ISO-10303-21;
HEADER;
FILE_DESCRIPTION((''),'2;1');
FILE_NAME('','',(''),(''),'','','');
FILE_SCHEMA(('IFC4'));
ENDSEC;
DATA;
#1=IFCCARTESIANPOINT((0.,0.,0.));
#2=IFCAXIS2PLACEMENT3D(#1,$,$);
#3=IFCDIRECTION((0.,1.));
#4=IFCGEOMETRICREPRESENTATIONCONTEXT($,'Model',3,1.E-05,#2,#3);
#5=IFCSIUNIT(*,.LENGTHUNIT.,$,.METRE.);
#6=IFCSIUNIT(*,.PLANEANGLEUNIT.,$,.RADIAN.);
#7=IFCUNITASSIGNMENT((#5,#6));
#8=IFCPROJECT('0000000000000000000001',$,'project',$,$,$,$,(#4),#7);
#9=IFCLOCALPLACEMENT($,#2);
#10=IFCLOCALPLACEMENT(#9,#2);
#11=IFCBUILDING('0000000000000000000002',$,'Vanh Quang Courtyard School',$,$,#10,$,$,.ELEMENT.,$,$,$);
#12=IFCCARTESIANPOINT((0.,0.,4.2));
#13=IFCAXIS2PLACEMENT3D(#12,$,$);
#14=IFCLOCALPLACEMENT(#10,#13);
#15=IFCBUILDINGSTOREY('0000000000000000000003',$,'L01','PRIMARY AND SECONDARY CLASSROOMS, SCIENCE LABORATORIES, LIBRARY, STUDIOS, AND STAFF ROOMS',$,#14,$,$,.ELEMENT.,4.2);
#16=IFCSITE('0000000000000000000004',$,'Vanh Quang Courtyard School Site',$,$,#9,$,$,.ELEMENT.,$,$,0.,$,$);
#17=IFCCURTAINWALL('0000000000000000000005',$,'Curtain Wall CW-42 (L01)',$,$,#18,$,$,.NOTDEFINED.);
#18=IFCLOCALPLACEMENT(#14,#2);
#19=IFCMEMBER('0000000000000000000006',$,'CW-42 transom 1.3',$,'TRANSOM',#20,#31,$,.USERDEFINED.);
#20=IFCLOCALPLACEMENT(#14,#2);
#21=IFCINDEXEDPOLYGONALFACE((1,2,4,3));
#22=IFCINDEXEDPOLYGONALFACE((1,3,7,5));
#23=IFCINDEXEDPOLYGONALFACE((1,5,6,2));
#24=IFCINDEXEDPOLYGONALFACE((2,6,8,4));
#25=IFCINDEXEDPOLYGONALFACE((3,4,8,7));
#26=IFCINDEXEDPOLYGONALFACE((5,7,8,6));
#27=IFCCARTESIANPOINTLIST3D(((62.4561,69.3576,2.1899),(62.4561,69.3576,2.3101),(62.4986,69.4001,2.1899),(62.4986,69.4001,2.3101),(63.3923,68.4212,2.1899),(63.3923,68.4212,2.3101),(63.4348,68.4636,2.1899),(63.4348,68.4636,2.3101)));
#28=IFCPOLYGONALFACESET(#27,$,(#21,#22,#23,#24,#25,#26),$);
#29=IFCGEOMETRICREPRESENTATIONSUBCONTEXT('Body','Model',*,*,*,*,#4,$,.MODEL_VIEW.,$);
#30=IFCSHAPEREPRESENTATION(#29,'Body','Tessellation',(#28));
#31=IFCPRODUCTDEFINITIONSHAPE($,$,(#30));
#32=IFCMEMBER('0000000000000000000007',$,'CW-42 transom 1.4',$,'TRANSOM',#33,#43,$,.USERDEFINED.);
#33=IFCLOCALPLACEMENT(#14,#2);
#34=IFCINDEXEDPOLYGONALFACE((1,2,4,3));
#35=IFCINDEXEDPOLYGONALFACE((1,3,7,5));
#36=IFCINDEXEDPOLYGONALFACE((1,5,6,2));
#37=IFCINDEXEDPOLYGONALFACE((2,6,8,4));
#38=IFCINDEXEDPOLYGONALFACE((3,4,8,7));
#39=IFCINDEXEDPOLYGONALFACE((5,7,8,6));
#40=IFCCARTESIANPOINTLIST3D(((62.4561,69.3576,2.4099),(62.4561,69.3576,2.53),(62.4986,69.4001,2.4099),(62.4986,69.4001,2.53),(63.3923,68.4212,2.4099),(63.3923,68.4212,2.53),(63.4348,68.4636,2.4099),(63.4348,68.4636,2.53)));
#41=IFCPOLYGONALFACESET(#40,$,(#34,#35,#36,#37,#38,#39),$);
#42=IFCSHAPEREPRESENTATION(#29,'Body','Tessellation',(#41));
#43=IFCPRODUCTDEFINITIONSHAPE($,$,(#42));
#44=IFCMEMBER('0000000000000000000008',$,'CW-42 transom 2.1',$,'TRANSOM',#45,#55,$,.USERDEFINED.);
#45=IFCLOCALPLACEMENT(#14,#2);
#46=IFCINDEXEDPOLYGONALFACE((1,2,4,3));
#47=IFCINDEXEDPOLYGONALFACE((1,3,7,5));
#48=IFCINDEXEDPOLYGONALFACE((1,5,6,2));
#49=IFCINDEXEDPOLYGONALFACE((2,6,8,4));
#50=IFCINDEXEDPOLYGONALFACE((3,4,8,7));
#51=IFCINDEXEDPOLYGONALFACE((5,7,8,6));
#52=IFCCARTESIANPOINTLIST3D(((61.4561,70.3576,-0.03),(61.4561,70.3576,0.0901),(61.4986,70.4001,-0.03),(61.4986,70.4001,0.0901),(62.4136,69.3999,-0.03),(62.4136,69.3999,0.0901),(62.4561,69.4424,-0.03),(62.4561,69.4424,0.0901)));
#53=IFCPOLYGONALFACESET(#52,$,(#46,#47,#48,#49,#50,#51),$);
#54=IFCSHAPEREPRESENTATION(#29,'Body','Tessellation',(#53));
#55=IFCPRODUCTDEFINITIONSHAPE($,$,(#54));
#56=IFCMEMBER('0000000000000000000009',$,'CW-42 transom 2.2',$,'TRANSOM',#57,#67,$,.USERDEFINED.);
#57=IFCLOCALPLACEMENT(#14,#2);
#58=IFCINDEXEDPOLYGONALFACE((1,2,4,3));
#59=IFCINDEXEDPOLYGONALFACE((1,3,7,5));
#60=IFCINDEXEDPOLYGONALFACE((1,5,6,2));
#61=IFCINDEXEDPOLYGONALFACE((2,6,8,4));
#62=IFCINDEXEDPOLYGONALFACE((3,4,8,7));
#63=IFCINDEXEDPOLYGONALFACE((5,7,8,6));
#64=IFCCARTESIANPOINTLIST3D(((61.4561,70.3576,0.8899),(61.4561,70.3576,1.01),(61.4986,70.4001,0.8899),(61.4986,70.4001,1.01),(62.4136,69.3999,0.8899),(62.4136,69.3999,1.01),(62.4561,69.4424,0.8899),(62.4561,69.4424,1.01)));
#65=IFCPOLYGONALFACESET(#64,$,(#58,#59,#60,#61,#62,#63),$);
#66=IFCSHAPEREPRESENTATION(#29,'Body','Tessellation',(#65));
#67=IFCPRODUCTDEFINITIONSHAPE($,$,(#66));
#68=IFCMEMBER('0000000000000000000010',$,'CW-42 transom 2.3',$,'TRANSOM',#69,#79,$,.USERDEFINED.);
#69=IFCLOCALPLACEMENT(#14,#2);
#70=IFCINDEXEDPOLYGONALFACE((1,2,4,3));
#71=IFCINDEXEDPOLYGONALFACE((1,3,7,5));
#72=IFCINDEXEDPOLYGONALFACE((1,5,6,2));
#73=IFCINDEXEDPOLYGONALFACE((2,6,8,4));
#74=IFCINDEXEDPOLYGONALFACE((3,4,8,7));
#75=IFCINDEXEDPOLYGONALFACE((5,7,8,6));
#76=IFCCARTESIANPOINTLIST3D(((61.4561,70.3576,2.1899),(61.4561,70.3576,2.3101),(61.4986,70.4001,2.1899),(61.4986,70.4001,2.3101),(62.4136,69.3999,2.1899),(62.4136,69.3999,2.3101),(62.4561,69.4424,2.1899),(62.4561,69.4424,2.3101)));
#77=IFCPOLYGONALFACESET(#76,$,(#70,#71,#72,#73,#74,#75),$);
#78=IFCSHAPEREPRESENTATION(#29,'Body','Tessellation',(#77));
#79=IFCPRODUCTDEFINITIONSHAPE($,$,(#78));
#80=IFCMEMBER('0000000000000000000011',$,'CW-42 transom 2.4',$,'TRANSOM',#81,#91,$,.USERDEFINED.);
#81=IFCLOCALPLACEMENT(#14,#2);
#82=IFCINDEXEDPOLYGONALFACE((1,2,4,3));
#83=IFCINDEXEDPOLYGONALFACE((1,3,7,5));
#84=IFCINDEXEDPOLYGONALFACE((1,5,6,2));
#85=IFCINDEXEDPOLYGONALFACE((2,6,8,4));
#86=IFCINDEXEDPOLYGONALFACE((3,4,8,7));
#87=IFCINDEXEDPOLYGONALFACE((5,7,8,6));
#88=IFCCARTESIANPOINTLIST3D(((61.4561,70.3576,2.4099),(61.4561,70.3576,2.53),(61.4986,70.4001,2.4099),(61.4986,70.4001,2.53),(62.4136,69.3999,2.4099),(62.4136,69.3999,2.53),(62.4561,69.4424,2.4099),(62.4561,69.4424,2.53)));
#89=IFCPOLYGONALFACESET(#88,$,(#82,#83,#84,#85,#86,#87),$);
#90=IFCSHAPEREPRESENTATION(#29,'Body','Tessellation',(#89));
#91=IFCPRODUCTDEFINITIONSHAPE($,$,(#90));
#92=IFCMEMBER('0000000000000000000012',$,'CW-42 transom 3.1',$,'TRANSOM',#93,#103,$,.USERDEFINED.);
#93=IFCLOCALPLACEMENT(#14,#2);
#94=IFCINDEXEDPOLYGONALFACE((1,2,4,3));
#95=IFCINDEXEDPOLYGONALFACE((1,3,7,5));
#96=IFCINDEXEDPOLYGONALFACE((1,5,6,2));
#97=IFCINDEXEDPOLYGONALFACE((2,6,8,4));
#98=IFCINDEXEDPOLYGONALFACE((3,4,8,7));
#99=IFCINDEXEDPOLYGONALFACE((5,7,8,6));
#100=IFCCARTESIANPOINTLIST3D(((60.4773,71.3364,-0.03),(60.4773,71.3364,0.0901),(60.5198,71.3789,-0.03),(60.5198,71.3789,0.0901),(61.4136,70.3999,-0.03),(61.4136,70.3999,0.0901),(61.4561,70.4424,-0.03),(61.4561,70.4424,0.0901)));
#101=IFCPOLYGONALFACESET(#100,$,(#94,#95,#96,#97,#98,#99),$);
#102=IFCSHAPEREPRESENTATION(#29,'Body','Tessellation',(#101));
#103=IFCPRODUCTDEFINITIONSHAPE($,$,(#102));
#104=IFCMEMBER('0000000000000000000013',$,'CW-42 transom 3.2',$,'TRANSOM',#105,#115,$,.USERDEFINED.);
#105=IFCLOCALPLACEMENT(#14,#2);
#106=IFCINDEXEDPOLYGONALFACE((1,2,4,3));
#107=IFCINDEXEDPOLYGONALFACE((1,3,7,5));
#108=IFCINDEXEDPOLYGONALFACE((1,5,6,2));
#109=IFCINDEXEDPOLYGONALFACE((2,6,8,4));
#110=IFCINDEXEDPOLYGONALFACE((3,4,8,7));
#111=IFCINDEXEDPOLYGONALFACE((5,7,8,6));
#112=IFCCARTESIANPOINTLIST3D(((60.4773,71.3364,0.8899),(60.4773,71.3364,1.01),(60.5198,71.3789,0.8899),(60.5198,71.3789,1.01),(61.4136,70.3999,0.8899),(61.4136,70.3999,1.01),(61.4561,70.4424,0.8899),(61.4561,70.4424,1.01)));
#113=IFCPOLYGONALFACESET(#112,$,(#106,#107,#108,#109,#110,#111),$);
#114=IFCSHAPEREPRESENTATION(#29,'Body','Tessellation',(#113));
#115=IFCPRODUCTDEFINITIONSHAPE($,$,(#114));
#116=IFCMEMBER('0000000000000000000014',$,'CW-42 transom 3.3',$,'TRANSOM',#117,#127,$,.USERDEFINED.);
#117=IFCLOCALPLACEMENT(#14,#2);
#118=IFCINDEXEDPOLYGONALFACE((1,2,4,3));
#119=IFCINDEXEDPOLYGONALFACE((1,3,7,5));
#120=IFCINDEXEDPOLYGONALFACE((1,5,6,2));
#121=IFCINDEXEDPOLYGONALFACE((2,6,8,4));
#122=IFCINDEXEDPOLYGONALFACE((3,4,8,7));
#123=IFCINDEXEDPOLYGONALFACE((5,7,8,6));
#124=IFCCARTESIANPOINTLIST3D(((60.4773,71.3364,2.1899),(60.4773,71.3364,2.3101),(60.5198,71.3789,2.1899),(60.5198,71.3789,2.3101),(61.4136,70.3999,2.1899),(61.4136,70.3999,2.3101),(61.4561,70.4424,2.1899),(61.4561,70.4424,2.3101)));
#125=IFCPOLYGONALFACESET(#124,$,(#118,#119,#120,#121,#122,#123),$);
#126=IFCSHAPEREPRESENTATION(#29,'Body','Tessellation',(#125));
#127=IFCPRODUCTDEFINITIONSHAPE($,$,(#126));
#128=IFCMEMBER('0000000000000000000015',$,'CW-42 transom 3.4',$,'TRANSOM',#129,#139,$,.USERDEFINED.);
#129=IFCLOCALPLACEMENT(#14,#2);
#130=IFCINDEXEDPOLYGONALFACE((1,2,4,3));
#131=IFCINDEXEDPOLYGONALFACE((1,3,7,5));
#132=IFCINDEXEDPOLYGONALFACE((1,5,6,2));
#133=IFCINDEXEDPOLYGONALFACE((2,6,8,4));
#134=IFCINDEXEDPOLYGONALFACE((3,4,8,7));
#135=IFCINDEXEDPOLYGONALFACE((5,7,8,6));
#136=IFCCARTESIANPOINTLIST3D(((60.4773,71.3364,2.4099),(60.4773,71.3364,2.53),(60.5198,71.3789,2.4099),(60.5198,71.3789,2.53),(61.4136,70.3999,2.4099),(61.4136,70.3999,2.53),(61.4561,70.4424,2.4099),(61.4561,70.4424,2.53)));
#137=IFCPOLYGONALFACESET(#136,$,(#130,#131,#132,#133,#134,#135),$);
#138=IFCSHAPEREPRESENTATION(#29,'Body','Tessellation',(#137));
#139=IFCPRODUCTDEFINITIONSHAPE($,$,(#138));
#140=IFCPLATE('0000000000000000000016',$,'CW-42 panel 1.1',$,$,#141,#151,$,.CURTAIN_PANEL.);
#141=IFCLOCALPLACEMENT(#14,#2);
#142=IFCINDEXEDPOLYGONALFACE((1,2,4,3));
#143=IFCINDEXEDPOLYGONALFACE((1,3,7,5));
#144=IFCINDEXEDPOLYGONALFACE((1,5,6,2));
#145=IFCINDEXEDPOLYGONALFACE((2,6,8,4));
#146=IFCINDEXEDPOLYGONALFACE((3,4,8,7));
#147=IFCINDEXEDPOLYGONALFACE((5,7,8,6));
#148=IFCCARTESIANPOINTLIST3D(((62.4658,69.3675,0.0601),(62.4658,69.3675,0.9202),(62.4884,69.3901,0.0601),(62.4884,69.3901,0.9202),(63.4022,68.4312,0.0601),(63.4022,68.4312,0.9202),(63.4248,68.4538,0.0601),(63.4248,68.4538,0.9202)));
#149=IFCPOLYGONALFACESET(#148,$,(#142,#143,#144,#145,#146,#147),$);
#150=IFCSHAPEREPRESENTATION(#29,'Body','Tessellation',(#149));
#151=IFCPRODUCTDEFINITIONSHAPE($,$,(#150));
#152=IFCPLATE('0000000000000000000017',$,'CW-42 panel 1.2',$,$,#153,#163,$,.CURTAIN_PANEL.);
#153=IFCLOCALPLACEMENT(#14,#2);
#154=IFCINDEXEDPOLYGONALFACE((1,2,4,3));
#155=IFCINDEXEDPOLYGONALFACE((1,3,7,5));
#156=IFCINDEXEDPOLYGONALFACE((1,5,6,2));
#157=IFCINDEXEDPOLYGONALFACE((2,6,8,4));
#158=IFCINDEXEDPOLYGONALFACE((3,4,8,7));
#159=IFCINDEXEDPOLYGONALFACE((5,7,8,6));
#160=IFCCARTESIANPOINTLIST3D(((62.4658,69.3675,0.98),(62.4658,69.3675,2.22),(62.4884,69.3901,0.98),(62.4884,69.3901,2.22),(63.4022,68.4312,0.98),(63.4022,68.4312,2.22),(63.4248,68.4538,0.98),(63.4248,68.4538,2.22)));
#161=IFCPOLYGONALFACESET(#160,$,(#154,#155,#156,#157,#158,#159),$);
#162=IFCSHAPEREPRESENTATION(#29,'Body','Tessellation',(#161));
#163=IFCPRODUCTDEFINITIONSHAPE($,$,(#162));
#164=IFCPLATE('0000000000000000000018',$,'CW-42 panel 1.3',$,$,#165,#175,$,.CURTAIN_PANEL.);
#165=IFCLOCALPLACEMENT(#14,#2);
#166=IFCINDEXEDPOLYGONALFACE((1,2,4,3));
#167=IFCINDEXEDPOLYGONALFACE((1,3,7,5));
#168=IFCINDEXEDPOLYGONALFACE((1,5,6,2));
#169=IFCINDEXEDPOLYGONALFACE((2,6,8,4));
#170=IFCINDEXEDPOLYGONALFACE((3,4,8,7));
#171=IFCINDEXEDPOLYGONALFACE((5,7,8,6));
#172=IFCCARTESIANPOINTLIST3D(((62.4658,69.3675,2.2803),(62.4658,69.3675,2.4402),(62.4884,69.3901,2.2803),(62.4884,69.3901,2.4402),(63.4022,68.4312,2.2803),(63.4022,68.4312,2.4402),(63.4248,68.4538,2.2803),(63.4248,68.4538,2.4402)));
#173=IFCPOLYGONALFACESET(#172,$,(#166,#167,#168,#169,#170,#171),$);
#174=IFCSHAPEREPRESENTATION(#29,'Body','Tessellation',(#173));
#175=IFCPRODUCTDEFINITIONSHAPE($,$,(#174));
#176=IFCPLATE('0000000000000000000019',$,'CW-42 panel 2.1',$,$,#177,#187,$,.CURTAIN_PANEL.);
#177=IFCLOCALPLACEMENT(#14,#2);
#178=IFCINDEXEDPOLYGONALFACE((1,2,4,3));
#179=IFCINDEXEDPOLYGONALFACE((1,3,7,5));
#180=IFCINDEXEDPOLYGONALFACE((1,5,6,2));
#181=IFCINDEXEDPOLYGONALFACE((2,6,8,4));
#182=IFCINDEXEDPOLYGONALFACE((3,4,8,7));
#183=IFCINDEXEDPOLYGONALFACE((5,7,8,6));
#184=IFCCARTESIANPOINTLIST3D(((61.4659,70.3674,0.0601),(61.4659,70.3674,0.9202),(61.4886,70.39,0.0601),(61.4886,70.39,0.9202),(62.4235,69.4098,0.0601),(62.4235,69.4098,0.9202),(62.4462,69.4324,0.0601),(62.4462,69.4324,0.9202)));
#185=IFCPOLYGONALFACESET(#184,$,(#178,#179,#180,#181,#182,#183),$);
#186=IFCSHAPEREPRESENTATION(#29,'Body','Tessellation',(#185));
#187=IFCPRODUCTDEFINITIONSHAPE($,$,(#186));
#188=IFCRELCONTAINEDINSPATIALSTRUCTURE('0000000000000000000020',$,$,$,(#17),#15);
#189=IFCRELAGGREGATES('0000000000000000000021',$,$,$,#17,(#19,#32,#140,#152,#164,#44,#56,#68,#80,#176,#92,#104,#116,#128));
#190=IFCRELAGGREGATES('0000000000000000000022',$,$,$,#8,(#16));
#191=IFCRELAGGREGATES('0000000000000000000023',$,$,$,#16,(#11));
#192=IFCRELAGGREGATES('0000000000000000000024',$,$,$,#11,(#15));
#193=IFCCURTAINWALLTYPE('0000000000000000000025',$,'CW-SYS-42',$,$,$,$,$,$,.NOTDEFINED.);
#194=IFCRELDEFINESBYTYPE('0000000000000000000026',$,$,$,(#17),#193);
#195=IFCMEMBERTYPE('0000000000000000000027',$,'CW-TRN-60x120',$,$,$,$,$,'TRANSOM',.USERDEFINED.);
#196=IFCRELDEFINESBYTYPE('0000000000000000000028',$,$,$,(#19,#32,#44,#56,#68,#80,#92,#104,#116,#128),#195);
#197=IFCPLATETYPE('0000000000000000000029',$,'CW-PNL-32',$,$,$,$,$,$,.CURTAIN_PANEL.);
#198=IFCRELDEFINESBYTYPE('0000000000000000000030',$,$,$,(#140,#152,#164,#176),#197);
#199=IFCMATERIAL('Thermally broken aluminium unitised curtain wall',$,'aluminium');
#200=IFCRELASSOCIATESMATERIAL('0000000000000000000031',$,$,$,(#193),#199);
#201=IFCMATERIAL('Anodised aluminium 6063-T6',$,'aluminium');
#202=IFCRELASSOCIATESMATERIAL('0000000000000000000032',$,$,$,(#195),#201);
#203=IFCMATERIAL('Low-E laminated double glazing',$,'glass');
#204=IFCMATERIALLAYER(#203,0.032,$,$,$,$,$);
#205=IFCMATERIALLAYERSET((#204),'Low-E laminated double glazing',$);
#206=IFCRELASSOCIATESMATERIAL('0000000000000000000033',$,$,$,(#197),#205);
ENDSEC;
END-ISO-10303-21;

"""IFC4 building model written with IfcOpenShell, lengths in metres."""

from ifc_helpers import new_model, si_unit, direction, frame, origin, origin_2d, place, context, subcontext, project, spatial, rectangle, extrude, material, layer, layer_set, material_profile, profile_set, type_object, element, aggregate, save


model = new_model("IFC4")

# Units and contexts
model_context = context("Model", 3, precision=1e-05, world=origin(), true_north=direction((0.0, 1.0)))
body_context = subcontext(model_context, "Body", "Model", "MODEL_VIEW")
ifc_project = project(units=[si_unit("LENGTHUNIT", "METRE"), si_unit("PLANEANGLEUNIT", "RADIAN")], contexts=[model_context])

# Site, building, storey
site_placement = place(None, origin())
site = spatial("IfcSite", under=ifc_project, at=site_placement, Name="Vanh Quang Courtyard School Site", CompositionType="ELEMENT", RefElevation=0.0)
building_placement = place(site_placement, origin())
building = spatial("IfcBuilding", under=site, at=building_placement, Name="Vanh Quang Courtyard School", CompositionType="ELEMENT")
storey_placement = place(building_placement, frame((0.0, 0.0, 4.2)))
storey = spatial("IfcBuildingStorey", under=building, at=storey_placement, Name="L01", Description="PRIMARY AND SECONDARY CLASSROOMS, SCIENCE LABORATORIES, LIBRARY, STUDIOS, AND STAFF ROOMS", CompositionType="ELEMENT", Elevation=4.2)

# Curtain wall, members, plates
ifc_material_1 = material(Name="Thermally broken aluminium unitised curtain wall", Category="aluminium")
curtain_wall_type = type_object("IfcCurtainWallType", Name="CW-SYS-42", PredefinedType="NOTDEFINED", material=ifc_material_1)
curtain_wall_placement = place(storey_placement, origin())
curtain_wall = element("IfcCurtainWall", 1, at=curtain_wall_placement, inside=storey, type_object=curtain_wall_type, Name="Curtain Wall CW-42 (L01)", PredefinedType="NOTDEFINED")
ifc_material_2 = material(Name="Anodised aluminium 6063-T6", Category="aluminium")
ifc_material_profile_1 = material_profile(ifc_material_2, rectangle(XDim=0.0601, YDim=0.1201, at=origin_2d()), Name="ALU-TRN 60x120")
ifc_profile_set_1 = profile_set([ifc_material_profile_1], Name="Anodised aluminium 6063-T6")
member_type_1 = type_object("IfcMemberType", Name="CW-TRN-60x120", ElementType="TRANSOM", PredefinedType="USERDEFINED", material=ifc_profile_set_1)
member_1_placement = place(storey_placement, frame((63.4136, 68.4424, 2.25), z_axis=(-0.707015, 0.707199, 0.0), x_axis=(-0.707199, -0.707015, 0.0)))
member_1 = element("IfcMember", 2, at=member_1_placement, type_object=member_type_1, Name="CW-42 transom 1.3", ObjectType="TRANSOM", PredefinedType="USERDEFINED", context=body_context, shape_type="SweptSolid", body=[
    extrude(rectangle(XDim=0.0601, YDim=0.1201, at=origin_2d()), origin(), (0.0, 0.0, 1.0), 1.3242),
])
member_2_placement = place(storey_placement, frame((63.4136, 68.4424, 2.47), z_axis=(-0.707015, 0.707199, 0.0), x_axis=(-0.707199, -0.707015, 0.0)))
member_2 = element("IfcMember", 3, at=member_2_placement, type_object=member_type_1, Name="CW-42 transom 1.4", ObjectType="TRANSOM", PredefinedType="USERDEFINED", context=body_context, shape_type="SweptSolid", body=[
    extrude(rectangle(XDim=0.0601, YDim=0.1201, at=origin_2d()), origin(), (0.0, 0.0, 1.0), 1.3242),
])
member_3_placement = place(storey_placement, frame((62.4348, 69.4211, 0.03), z_axis=(-0.707017, 0.707197, 0.0), x_axis=(-0.707197, -0.707017, 0.0)))
member_3 = element("IfcMember", 4, at=member_3_placement, type_object=member_type_1, Name="CW-42 transom 2.1", ObjectType="TRANSOM", PredefinedType="USERDEFINED", context=body_context, shape_type="SweptSolid", body=[
    extrude(rectangle(XDim=0.0601, YDim=0.1201, at=origin_2d()), origin(), (0.0, 0.0, 1.0), 1.3542),
])
member_4_placement = place(storey_placement, frame((62.4348, 69.4211, 0.95), z_axis=(-0.707017, 0.707197, 0.0), x_axis=(-0.707197, -0.707017, 0.0)))
member_4 = element("IfcMember", 5, at=member_4_placement, type_object=member_type_1, Name="CW-42 transom 2.2", ObjectType="TRANSOM", PredefinedType="USERDEFINED", context=body_context, shape_type="SweptSolid", body=[
    extrude(rectangle(XDim=0.0601, YDim=0.1201, at=origin_2d()), origin(), (0.0, 0.0, 1.0), 1.3542),
])
member_5_placement = place(storey_placement, frame((62.4348, 69.4211, 2.25), z_axis=(-0.707017, 0.707197, 0.0), x_axis=(-0.707197, -0.707017, 0.0)))
member_5 = element("IfcMember", 6, at=member_5_placement, type_object=member_type_1, Name="CW-42 transom 2.3", ObjectType="TRANSOM", PredefinedType="USERDEFINED", context=body_context, shape_type="SweptSolid", body=[
    extrude(rectangle(XDim=0.0601, YDim=0.1201, at=origin_2d()), origin(), (0.0, 0.0, 1.0), 1.3542),
])
member_6_placement = place(storey_placement, frame((62.4348, 69.4211, 2.47), z_axis=(-0.707017, 0.707197, 0.0), x_axis=(-0.707197, -0.707017, 0.0)))
member_6 = element("IfcMember", 7, at=member_6_placement, type_object=member_type_1, Name="CW-42 transom 2.4", ObjectType="TRANSOM", PredefinedType="USERDEFINED", context=body_context, shape_type="SweptSolid", body=[
    extrude(rectangle(XDim=0.0601, YDim=0.1201, at=origin_2d()), origin(), (0.0, 0.0, 1.0), 1.3542),
])
member_7_placement = place(storey_placement, frame((61.4348, 70.4211, 0.03), z_axis=(-0.707015, 0.707199, 0.0), x_axis=(-0.707199, -0.707015, 0.0)))
member_7 = element("IfcMember", 8, at=member_7_placement, type_object=member_type_1, Name="CW-42 transom 3.1", ObjectType="TRANSOM", PredefinedType="USERDEFINED", context=body_context, shape_type="SweptSolid", body=[
    extrude(rectangle(XDim=0.0601, YDim=0.1201, at=origin_2d()), origin(), (0.0, 0.0, 1.0), 1.3242),
])
member_8_placement = place(storey_placement, frame((61.4348, 70.4211, 0.95), z_axis=(-0.707015, 0.707199, 0.0), x_axis=(-0.707199, -0.707015, 0.0)))
member_8 = element("IfcMember", 9, at=member_8_placement, type_object=member_type_1, Name="CW-42 transom 3.2", ObjectType="TRANSOM", PredefinedType="USERDEFINED", context=body_context, shape_type="SweptSolid", body=[
    extrude(rectangle(XDim=0.0601, YDim=0.1201, at=origin_2d()), origin(), (0.0, 0.0, 1.0), 1.3242),
])
member_9_placement = place(storey_placement, frame((61.4348, 70.4211, 2.25), z_axis=(-0.707015, 0.707199, 0.0), x_axis=(-0.707199, -0.707015, 0.0)))
member_9 = element("IfcMember", 10, at=member_9_placement, type_object=member_type_1, Name="CW-42 transom 3.3", ObjectType="TRANSOM", PredefinedType="USERDEFINED", context=body_context, shape_type="SweptSolid", body=[
    extrude(rectangle(XDim=0.0601, YDim=0.1201, at=origin_2d()), origin(), (0.0, 0.0, 1.0), 1.3242),
])
member_10_placement = place(storey_placement, frame((61.4348, 70.4211, 2.47), z_axis=(-0.707015, 0.707199, 0.0), x_axis=(-0.707199, -0.707015, 0.0)))
member_10 = element("IfcMember", 11, at=member_10_placement, type_object=member_type_1, Name="CW-42 transom 3.4", ObjectType="TRANSOM", PredefinedType="USERDEFINED", context=body_context, shape_type="SweptSolid", body=[
    extrude(rectangle(XDim=0.0601, YDim=0.1201, at=origin_2d()), origin(), (0.0, 0.0, 1.0), 1.3242),
])
ifc_material_3 = material(Name="Low-E laminated double glazing", Category="glass")
ifc_layer_1 = layer(ifc_material_3, 0.032)
ifc_layer_set_1 = layer_set([ifc_layer_1], Name="Low-E laminated double glazing")
plate_type = type_object("IfcPlateType", Name="CW-PNL-32", PredefinedType="CURTAIN_PANEL", material=ifc_layer_set_1)
plate_1_placement = place(storey_placement, frame((62.9453, 68.9106, 0.0601), z_axis=(0.0, 0.0, 1.0), x_axis=(-0.707107, 0.707107, 0.0)))
plate_1 = element("IfcPlate", 12, at=plate_1_placement, type_object=plate_type, Name="CW-42 panel 1.1", PredefinedType="CURTAIN_PANEL", context=body_context, shape_type="SweptSolid", body=[
    extrude(rectangle(XDim=1.3242, YDim=0.032, at=origin_2d()), origin(), (0.0, 0.0, 1.0), 0.8601),
])
plate_2_placement = place(storey_placement, frame((62.9453, 68.9106, 0.98), z_axis=(0.0, 0.0, 1.0), x_axis=(-0.707107, 0.707107, 0.0)))
plate_2 = element("IfcPlate", 13, at=plate_2_placement, type_object=plate_type, Name="CW-42 panel 1.2", PredefinedType="CURTAIN_PANEL", context=body_context, shape_type="SweptSolid", body=[
    extrude(rectangle(XDim=1.3242, YDim=0.032, at=origin_2d()), origin(), (0.0, 0.0, 1.0), 1.24),
])
plate_3_placement = place(storey_placement, frame((62.9453, 68.9106, 2.2803), z_axis=(0.0, 0.0, 1.0), x_axis=(-0.707107, 0.707107, 0.0)))
plate_3 = element("IfcPlate", 14, at=plate_3_placement, type_object=plate_type, Name="CW-42 panel 1.3", PredefinedType="CURTAIN_PANEL", context=body_context, shape_type="SweptSolid", body=[
    extrude(rectangle(XDim=1.3242, YDim=0.032, at=origin_2d()), origin(), (0.0, 0.0, 1.0), 0.1599),
])
plate_4_placement = place(storey_placement, frame((61.9561, 69.8999, 0.0601), z_axis=(0.0, 0.0, 1.0), x_axis=(-0.707107, 0.707107, 0.0)))
plate_4 = element("IfcPlate", 15, at=plate_4_placement, type_object=plate_type, Name="CW-42 panel 2.1", PredefinedType="CURTAIN_PANEL", context=body_context, shape_type="SweptSolid", body=[
    extrude(rectangle(XDim=1.3542, YDim=0.032, at=origin_2d()), origin(), (0.0, 0.0, 1.0), 0.8601),
])
aggregate(curtain_wall, [member_1, member_2, plate_1, plate_2, plate_3, member_3, member_4, member_5, member_6, plate_4, member_7, member_8, member_9, member_10])

save(model, "model.ifc")
